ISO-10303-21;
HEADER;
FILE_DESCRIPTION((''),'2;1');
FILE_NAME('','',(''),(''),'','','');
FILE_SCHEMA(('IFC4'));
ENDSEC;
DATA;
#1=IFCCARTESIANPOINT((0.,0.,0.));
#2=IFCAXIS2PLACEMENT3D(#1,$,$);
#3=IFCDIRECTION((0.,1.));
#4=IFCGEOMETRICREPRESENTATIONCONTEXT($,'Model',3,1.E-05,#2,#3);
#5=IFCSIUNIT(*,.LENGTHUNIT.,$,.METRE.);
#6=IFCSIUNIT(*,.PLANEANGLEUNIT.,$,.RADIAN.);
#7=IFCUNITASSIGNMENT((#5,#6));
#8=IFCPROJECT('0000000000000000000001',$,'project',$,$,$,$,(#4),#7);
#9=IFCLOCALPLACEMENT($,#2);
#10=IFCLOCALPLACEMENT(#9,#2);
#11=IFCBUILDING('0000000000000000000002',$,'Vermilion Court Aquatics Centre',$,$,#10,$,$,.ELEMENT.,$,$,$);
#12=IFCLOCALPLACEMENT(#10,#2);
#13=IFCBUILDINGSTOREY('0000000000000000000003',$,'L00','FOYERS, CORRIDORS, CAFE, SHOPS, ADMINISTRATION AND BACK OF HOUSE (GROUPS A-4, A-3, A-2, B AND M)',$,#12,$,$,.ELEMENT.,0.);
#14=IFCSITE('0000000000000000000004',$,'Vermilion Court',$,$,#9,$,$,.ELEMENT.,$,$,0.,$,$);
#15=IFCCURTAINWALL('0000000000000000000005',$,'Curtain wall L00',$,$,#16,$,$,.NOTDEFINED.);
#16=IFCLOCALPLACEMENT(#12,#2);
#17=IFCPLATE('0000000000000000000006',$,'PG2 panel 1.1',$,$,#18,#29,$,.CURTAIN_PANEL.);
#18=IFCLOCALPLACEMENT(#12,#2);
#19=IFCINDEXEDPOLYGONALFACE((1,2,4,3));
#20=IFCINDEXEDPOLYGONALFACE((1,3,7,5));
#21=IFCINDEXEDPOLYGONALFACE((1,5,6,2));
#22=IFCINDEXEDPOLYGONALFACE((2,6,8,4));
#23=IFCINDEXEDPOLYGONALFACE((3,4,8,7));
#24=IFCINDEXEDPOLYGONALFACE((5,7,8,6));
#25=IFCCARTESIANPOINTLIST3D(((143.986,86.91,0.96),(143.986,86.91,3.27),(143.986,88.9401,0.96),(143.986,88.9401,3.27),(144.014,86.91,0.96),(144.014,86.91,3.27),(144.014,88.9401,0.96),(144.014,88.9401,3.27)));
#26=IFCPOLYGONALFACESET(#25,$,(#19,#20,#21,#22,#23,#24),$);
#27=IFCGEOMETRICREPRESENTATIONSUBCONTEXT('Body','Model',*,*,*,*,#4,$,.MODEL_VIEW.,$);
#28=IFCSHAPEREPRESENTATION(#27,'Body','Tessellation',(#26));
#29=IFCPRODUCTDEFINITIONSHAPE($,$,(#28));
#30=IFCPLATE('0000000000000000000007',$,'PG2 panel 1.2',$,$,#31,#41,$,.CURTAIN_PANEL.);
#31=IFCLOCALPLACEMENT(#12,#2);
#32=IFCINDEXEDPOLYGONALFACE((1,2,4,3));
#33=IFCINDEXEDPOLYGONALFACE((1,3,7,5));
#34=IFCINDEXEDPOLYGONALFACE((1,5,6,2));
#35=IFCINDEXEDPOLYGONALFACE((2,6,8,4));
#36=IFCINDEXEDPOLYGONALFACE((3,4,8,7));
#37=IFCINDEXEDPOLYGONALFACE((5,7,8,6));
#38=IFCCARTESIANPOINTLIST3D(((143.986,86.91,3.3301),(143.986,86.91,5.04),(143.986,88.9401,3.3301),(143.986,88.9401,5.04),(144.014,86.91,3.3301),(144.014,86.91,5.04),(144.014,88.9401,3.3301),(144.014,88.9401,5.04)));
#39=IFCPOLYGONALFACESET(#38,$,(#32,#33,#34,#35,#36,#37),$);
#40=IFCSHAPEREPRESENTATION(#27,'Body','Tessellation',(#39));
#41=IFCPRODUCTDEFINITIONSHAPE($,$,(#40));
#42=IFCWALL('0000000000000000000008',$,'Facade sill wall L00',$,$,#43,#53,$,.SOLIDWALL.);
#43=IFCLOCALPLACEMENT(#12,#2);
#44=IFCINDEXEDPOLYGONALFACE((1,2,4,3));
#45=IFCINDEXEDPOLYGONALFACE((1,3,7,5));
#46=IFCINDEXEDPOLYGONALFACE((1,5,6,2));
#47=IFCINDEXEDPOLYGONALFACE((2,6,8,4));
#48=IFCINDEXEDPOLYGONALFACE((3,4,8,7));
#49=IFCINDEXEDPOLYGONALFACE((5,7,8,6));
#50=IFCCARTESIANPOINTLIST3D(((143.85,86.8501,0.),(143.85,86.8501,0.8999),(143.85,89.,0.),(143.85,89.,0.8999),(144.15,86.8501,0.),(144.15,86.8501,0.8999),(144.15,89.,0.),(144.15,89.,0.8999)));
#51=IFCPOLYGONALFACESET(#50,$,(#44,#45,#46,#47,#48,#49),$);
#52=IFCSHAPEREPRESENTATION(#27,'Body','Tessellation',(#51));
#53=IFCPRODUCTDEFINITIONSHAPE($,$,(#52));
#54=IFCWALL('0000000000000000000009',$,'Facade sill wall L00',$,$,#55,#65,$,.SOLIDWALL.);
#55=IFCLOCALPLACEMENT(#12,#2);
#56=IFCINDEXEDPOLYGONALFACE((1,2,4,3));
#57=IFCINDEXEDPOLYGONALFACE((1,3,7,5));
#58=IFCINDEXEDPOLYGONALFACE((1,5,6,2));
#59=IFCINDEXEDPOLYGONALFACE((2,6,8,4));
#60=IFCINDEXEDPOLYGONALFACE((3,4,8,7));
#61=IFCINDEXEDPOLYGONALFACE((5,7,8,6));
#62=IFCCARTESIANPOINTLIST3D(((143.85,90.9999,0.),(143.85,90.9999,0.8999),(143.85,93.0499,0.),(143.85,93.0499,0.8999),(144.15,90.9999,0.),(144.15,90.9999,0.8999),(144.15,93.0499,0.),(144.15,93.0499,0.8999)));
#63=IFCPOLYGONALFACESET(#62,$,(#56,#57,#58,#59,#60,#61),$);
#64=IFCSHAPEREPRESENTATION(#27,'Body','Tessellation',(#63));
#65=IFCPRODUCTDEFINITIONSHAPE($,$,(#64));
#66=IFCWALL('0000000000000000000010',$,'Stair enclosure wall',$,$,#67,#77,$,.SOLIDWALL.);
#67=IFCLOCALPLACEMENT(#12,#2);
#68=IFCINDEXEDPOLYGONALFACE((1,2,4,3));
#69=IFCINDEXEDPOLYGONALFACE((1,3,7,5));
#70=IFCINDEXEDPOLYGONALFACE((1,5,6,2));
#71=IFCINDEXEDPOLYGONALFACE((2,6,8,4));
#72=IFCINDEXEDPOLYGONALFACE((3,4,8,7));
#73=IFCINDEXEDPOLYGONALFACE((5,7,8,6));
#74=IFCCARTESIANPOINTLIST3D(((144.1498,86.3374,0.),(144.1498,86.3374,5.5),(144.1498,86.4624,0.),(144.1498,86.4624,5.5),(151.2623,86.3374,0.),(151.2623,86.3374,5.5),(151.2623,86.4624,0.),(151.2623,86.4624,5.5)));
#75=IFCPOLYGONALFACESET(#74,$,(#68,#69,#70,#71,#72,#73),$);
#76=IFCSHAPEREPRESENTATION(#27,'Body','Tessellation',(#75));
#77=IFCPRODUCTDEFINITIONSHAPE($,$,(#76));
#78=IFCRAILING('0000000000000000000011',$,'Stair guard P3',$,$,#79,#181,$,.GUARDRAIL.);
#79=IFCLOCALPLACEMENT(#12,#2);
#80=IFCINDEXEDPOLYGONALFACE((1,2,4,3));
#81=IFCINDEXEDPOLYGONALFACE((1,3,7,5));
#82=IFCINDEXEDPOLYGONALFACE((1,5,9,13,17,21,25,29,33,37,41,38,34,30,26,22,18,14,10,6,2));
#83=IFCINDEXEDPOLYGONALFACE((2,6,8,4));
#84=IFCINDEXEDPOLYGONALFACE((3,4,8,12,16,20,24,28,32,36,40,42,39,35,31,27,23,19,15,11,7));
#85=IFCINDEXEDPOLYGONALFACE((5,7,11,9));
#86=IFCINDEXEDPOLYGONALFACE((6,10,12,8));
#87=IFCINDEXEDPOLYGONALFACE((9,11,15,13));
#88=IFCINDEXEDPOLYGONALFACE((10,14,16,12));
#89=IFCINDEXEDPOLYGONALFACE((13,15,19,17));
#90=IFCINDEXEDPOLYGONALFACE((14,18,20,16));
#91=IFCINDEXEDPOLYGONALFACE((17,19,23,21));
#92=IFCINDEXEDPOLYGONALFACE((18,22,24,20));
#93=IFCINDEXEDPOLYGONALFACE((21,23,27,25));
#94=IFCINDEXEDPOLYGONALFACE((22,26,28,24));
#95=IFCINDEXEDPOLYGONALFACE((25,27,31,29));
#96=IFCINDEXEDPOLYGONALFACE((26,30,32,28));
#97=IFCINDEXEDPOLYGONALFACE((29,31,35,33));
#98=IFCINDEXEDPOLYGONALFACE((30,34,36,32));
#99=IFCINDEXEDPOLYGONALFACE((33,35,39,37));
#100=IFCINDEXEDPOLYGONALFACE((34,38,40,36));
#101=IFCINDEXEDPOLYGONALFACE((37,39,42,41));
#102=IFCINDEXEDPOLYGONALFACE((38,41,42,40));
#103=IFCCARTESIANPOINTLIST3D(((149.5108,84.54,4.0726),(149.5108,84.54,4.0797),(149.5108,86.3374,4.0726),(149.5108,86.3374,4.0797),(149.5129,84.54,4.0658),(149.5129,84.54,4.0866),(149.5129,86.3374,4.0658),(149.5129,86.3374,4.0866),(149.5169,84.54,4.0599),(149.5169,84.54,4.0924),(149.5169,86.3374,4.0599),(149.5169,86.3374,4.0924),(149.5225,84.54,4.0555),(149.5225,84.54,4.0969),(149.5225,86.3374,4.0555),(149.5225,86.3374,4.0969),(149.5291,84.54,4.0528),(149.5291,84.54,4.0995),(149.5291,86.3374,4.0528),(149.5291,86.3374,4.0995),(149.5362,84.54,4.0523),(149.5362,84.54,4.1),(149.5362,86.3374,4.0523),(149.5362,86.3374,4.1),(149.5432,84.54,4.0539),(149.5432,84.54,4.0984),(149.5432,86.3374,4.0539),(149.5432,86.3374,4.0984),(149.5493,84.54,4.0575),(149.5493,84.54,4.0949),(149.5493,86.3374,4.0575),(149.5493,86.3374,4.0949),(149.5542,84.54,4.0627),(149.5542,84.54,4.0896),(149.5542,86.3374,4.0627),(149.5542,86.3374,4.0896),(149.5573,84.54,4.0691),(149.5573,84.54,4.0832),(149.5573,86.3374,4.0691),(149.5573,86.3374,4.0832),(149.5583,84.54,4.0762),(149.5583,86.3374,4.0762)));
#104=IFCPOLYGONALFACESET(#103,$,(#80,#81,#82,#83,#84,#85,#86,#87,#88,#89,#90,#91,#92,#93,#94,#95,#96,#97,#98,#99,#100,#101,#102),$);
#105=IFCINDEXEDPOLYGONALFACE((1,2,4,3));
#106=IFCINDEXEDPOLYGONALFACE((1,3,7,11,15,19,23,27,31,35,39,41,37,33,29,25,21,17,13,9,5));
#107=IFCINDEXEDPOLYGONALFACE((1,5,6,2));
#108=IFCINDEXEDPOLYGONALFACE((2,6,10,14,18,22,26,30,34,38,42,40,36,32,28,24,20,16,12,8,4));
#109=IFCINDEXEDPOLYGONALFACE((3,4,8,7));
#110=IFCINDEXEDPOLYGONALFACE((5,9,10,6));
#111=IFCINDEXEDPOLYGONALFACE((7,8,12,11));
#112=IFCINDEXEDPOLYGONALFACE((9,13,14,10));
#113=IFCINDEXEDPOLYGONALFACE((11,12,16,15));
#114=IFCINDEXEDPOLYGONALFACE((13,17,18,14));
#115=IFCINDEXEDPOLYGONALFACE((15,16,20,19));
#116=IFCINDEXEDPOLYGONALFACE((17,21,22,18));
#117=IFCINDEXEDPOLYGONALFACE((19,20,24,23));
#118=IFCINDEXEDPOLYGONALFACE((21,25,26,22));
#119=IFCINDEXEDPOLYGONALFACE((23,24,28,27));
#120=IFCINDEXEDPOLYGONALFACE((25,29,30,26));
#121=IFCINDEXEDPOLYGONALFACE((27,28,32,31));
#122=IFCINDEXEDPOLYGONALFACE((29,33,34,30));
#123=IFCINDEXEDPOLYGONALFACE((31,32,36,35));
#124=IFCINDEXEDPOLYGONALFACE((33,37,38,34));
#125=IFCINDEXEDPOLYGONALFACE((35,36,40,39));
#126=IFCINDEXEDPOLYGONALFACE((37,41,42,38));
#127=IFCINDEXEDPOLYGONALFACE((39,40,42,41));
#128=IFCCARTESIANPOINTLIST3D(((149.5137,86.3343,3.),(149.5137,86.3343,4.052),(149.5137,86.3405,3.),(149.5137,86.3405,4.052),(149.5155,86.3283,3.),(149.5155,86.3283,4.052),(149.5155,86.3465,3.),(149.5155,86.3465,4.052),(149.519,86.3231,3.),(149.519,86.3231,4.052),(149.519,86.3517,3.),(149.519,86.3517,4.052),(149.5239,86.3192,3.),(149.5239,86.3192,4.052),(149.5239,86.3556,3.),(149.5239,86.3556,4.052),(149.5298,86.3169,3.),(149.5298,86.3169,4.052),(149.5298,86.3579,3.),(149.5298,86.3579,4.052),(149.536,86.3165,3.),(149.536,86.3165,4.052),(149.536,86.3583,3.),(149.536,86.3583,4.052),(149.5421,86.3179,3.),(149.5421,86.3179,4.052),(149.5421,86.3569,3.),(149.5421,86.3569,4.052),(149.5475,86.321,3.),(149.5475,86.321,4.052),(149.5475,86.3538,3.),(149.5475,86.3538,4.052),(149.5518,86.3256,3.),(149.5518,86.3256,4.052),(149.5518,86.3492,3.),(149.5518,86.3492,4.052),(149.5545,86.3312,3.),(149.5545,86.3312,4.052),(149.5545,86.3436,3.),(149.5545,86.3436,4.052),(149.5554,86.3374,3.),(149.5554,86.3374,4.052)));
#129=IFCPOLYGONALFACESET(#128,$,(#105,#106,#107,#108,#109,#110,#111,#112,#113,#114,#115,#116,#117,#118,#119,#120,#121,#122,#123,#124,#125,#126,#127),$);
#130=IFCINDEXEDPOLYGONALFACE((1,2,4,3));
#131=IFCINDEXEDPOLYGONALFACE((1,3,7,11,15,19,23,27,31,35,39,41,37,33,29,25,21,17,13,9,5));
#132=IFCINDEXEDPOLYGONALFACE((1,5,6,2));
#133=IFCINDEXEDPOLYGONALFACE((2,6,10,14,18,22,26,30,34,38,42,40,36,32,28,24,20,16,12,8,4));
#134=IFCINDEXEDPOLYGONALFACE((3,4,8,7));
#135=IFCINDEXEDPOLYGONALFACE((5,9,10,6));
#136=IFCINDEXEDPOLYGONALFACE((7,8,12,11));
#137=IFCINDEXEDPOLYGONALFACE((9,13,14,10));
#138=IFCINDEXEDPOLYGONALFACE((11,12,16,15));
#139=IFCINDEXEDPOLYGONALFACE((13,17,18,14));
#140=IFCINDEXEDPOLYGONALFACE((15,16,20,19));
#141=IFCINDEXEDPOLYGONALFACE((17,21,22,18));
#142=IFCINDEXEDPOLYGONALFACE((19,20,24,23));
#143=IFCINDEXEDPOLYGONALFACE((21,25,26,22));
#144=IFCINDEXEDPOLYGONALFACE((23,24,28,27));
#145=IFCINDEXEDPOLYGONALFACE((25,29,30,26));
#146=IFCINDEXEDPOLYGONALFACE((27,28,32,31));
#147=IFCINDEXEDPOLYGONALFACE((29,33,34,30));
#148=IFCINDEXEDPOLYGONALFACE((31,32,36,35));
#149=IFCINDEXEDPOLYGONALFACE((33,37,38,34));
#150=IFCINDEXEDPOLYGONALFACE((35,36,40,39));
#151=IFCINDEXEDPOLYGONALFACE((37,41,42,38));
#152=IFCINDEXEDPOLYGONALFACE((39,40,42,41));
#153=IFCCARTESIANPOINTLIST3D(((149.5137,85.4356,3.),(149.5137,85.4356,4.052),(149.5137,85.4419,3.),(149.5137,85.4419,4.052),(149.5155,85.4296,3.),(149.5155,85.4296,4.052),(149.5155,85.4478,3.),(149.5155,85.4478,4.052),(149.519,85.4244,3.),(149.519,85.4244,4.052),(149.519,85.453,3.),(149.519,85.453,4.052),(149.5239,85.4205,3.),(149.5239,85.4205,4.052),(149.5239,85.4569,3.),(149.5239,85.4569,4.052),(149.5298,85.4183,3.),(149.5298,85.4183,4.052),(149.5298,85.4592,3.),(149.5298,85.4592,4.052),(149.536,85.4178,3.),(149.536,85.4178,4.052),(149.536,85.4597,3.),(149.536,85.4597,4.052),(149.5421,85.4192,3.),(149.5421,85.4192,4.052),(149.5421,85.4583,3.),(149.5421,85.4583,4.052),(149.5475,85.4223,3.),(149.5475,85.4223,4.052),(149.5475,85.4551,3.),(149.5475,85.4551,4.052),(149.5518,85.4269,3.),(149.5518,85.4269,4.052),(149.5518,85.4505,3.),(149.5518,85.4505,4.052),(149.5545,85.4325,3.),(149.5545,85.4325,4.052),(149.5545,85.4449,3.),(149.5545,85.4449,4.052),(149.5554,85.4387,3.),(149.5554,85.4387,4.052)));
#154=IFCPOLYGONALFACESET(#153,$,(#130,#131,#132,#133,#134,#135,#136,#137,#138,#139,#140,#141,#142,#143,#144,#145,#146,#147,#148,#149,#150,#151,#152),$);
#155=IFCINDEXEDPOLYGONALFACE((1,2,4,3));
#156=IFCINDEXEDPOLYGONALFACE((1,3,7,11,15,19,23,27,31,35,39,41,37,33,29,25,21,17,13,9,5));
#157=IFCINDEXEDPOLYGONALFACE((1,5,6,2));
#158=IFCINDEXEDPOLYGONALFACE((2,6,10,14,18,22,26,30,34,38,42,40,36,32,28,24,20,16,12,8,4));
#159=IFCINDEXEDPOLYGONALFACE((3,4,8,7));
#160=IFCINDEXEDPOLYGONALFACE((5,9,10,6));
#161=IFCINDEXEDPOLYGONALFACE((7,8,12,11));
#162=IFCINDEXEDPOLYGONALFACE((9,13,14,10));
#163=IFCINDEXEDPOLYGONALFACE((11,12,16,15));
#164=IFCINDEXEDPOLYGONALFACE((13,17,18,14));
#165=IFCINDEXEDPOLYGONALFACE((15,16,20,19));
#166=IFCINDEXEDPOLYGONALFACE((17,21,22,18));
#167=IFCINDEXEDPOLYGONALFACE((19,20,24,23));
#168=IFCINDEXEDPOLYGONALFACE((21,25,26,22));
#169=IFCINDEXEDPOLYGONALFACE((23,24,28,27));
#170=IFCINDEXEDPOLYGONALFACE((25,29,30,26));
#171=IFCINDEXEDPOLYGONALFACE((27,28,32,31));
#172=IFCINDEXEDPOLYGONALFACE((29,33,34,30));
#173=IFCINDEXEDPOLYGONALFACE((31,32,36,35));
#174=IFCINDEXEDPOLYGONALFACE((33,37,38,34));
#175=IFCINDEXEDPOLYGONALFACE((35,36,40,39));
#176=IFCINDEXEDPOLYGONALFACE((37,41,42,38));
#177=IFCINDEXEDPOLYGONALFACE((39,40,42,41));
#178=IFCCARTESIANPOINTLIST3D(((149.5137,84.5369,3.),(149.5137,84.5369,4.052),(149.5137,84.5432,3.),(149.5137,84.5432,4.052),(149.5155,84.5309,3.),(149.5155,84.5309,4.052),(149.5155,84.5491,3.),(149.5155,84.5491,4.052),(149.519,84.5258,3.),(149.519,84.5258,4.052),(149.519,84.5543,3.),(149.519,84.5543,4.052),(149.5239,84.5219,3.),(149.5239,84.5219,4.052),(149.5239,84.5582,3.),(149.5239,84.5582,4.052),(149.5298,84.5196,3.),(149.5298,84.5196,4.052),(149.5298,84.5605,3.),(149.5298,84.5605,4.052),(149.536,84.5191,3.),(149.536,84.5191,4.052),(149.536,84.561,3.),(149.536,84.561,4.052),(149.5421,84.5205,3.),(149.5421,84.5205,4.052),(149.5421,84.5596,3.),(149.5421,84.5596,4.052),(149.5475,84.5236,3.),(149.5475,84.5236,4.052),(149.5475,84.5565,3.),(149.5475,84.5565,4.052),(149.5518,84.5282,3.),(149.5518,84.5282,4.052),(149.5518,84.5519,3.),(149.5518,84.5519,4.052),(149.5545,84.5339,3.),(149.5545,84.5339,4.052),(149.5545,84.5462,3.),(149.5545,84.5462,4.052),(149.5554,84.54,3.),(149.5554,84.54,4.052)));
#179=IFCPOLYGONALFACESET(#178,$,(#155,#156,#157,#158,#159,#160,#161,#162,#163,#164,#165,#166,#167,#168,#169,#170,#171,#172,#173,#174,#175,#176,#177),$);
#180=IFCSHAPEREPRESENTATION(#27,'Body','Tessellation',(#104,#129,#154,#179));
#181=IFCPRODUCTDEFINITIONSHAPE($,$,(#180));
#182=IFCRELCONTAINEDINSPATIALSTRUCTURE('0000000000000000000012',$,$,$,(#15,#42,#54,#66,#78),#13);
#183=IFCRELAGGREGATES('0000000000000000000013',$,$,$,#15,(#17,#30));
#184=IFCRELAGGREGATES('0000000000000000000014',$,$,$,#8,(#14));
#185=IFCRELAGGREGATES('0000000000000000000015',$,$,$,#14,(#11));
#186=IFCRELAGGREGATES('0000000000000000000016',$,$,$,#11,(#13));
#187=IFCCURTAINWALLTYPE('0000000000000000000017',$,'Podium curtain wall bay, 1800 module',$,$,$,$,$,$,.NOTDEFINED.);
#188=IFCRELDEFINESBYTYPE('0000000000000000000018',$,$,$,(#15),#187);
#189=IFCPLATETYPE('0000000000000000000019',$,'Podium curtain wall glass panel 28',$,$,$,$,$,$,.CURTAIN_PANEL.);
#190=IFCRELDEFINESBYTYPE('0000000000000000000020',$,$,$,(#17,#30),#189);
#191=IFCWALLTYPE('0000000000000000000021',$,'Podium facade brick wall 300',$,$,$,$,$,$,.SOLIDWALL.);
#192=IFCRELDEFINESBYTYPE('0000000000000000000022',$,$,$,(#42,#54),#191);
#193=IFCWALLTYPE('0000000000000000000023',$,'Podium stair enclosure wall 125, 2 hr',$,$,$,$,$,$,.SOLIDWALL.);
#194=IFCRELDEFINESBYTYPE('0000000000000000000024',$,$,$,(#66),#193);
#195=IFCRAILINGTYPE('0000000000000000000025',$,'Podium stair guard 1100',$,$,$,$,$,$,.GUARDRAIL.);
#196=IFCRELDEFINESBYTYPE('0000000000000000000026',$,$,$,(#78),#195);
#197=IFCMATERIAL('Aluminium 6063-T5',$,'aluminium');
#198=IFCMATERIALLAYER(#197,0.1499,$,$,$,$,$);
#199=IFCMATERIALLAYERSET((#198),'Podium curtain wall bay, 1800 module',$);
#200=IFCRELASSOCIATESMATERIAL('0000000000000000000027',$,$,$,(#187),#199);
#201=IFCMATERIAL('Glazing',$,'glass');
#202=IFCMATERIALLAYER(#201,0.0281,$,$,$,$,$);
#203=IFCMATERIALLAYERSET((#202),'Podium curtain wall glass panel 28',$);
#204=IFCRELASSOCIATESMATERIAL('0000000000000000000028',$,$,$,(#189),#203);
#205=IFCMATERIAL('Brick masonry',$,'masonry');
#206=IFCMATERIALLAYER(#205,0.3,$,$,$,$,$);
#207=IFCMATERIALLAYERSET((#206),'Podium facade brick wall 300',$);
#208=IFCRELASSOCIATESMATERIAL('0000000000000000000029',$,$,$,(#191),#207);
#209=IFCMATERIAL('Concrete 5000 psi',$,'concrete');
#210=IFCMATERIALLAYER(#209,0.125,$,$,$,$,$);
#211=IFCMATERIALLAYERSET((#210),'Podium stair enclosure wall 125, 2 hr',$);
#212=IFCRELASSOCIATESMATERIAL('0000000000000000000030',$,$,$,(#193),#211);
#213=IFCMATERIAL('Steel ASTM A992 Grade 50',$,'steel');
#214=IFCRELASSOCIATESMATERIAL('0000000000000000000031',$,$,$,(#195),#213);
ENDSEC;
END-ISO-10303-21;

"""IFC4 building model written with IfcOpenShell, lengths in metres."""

from ifc_helpers import new_model, si_unit, direction, frame, frame_2d, origin, origin_2d, place, context, subcontext, project, spatial, rectangle, circle, extrude, material, layer, layer_set, type_object, element, aggregate, save


model = new_model("IFC4")

# Units and contexts
model_context = context("Model", 3, precision=1e-05, world=origin(), true_north=direction((0.0, 1.0)))
body_context = subcontext(model_context, "Body", "Model", "MODEL_VIEW")
ifc_project = project(units=[si_unit("LENGTHUNIT", "METRE"), si_unit("PLANEANGLEUNIT", "RADIAN")], contexts=[model_context])

# Site, building, storey
site_placement = place(None, origin())
site = spatial("IfcSite", under=ifc_project, at=site_placement, Name="Vermilion Court", CompositionType="ELEMENT", RefElevation=0.0)
building_placement = place(site_placement, origin())
building = spatial("IfcBuilding", under=site, at=building_placement, Name="Vermilion Court Aquatics Centre", CompositionType="ELEMENT")
storey_placement = place(building_placement, origin())
storey = spatial("IfcBuildingStorey", under=building, at=storey_placement, Name="L00", Description="FOYERS, CORRIDORS, CAFE, SHOPS, ADMINISTRATION AND BACK OF HOUSE (GROUPS A-4, A-3, A-2, B AND M)", CompositionType="ELEMENT", Elevation=0.0)

# Curtain wall
ifc_material_1 = material(Name="Aluminium 6063-T5", Category="aluminium")
ifc_layer_1 = layer(ifc_material_1, 0.1499)
ifc_layer_set_1 = layer_set([ifc_layer_1], Name="Podium curtain wall bay, 1800 module")
curtain_wall_type = type_object("IfcCurtainWallType", Name="Podium curtain wall bay, 1800 module", PredefinedType="NOTDEFINED", material=ifc_layer_set_1)
curtain_wall_1_placement = place(storey_placement, origin())
curtain_wall_1 = element("IfcCurtainWall", 1, at=curtain_wall_1_placement, inside=storey, type_object=curtain_wall_type, Name="Curtain wall L00", PredefinedType="NOTDEFINED")

# Plates
ifc_material_2 = material(Name="Glazing", Category="glass")
ifc_layer_2 = layer(ifc_material_2, 0.0281)
ifc_layer_set_2 = layer_set([ifc_layer_2], Name="Podium curtain wall glass panel 28")
plate_type = type_object("IfcPlateType", Name="Podium curtain wall glass panel 28", PredefinedType="CURTAIN_PANEL", material=ifc_layer_set_2)
plate_1_placement = place(storey_placement, frame((144.0, 87.925, 0.96), z_axis=(0.0, 0.0, 1.0), x_axis=(0.0, 1.0, 0.0)))
plate_1 = element("IfcPlate", 2, at=plate_1_placement, type_object=plate_type, Name="PG2 panel 1.1", PredefinedType="CURTAIN_PANEL", context=body_context, shape_type="SweptSolid", body=[
    extrude(rectangle(XDim=2.03, YDim=0.0281, at=origin_2d()), origin(), (0.0, 0.0, 1.0), 2.3101),
])
plate_2_placement = place(storey_placement, frame((144.0, 87.925, 3.3301), z_axis=(0.0, 0.0, 1.0), x_axis=(0.0, 1.0, 0.0)))
plate_2 = element("IfcPlate", 3, at=plate_2_placement, type_object=plate_type, Name="PG2 panel 1.2", PredefinedType="CURTAIN_PANEL", context=body_context, shape_type="SweptSolid", body=[
    extrude(rectangle(XDim=2.03, YDim=0.0281, at=origin_2d()), origin(), (0.0, 0.0, 1.0), 1.71),
])
aggregate(curtain_wall_1, [plate_1, plate_2])

# Shared definitions
ifc_material_3 = material(Name="Brick masonry", Category="masonry")
ifc_layer_3 = layer(ifc_material_3, 0.3)
ifc_layer_set_3 = layer_set([ifc_layer_3], Name="Podium facade brick wall 300")
wall_type_1 = type_object("IfcWallType", Name="Podium facade brick wall 300", PredefinedType="SOLIDWALL", material=ifc_layer_set_3)

# Walls
wall_1_placement = place(storey_placement, frame((144.0, 86.8501, 0.0), z_axis=(0.0, 0.0, 1.0), x_axis=(0.0, 1.0, 0.0)))
element("IfcWall", 4, at=wall_1_placement, inside=storey, type_object=wall_type_1, Name="Facade sill wall L00", PredefinedType="SOLIDWALL", context=body_context, shape_type="SweptSolid", body=[
    extrude(rectangle(XDim=2.1499, YDim=0.3, at=frame_2d((1.075, 0.0))), origin(), (0.0, 0.0, 1.0), 0.8999),
])
wall_2_placement = place(storey_placement, frame((144.0, 91.0, 0.0), z_axis=(0.0, 0.0, 1.0), x_axis=(0.0, 1.0, 0.0)))
element("IfcWall", 5, at=wall_2_placement, inside=storey, type_object=wall_type_1, Name="Facade sill wall L00", PredefinedType="SOLIDWALL", context=body_context, shape_type="SweptSolid", body=[
    extrude(rectangle(XDim=2.05, YDim=0.3, at=frame_2d((1.0249, 0.0))), origin(), (0.0, 0.0, 1.0), 0.8999),
])
ifc_material_4 = material(Name="Concrete 5000 psi", Category="concrete")
ifc_layer_4 = layer(ifc_material_4, 0.125)
ifc_layer_set_4 = layer_set([ifc_layer_4], Name="Podium stair enclosure wall 125, 2 hr")
wall_type_2 = type_object("IfcWallType", Name="Podium stair enclosure wall 125, 2 hr", PredefinedType="SOLIDWALL", material=ifc_layer_set_4)
wall_3_placement = place(storey_placement, frame((144.1499, 86.3999, 0.0), z_axis=(0.0, 0.0, 1.0), x_axis=(1.0, 0.0, 0.0)))
element("IfcWall", 6, at=wall_3_placement, inside=storey, type_object=wall_type_2, Name="Stair enclosure wall", PredefinedType="SOLIDWALL", context=body_context, shape_type="SweptSolid", body=[
    extrude(rectangle(XDim=7.1125, YDim=0.125, at=frame_2d((3.5562, 0.0))), origin(), (0.0, 0.0, 1.0), 5.5),
])

# Railing
ifc_material_5 = material(Name="Steel ASTM A992 Grade 50", Category="steel")
railing_type = type_object("IfcRailingType", Name="Podium stair guard 1100", PredefinedType="GUARDRAIL", material=ifc_material_5)
for number, where, name in (
    (7, (149.5344, 86.3374, 3.0), "Stair guard P3"),
):
    element("IfcRailing", number, at=place(storey_placement, frame(where)), inside=storey, type_object=railing_type, Name=name, PredefinedType="GUARDRAIL", context=body_context, shape_type="SweptSolid", body=[
        extrude(circle(Radius=0.0239, at=origin_2d()), frame((0.0, 0.0, 1.0762), z_axis=(0.0, -1.0, 0.0), x_axis=(1.0, 0.0, 0.0)), (0.0, 0.0, 1.0), 1.7974),
        extrude(circle(Radius=0.021, at=origin_2d()), origin(), (0.0, 0.0, 1.0), 1.052),
        extrude(circle(Radius=0.021, at=origin_2d()), frame((0.0, -0.8987, 0.0)), (0.0, 0.0, 1.0), 1.052),
        extrude(circle(Radius=0.021, at=origin_2d()), frame((0.0, -1.7974, 0.0)), (0.0, 0.0, 1.0), 1.052),
    ])

save(model, "model.ifc")
